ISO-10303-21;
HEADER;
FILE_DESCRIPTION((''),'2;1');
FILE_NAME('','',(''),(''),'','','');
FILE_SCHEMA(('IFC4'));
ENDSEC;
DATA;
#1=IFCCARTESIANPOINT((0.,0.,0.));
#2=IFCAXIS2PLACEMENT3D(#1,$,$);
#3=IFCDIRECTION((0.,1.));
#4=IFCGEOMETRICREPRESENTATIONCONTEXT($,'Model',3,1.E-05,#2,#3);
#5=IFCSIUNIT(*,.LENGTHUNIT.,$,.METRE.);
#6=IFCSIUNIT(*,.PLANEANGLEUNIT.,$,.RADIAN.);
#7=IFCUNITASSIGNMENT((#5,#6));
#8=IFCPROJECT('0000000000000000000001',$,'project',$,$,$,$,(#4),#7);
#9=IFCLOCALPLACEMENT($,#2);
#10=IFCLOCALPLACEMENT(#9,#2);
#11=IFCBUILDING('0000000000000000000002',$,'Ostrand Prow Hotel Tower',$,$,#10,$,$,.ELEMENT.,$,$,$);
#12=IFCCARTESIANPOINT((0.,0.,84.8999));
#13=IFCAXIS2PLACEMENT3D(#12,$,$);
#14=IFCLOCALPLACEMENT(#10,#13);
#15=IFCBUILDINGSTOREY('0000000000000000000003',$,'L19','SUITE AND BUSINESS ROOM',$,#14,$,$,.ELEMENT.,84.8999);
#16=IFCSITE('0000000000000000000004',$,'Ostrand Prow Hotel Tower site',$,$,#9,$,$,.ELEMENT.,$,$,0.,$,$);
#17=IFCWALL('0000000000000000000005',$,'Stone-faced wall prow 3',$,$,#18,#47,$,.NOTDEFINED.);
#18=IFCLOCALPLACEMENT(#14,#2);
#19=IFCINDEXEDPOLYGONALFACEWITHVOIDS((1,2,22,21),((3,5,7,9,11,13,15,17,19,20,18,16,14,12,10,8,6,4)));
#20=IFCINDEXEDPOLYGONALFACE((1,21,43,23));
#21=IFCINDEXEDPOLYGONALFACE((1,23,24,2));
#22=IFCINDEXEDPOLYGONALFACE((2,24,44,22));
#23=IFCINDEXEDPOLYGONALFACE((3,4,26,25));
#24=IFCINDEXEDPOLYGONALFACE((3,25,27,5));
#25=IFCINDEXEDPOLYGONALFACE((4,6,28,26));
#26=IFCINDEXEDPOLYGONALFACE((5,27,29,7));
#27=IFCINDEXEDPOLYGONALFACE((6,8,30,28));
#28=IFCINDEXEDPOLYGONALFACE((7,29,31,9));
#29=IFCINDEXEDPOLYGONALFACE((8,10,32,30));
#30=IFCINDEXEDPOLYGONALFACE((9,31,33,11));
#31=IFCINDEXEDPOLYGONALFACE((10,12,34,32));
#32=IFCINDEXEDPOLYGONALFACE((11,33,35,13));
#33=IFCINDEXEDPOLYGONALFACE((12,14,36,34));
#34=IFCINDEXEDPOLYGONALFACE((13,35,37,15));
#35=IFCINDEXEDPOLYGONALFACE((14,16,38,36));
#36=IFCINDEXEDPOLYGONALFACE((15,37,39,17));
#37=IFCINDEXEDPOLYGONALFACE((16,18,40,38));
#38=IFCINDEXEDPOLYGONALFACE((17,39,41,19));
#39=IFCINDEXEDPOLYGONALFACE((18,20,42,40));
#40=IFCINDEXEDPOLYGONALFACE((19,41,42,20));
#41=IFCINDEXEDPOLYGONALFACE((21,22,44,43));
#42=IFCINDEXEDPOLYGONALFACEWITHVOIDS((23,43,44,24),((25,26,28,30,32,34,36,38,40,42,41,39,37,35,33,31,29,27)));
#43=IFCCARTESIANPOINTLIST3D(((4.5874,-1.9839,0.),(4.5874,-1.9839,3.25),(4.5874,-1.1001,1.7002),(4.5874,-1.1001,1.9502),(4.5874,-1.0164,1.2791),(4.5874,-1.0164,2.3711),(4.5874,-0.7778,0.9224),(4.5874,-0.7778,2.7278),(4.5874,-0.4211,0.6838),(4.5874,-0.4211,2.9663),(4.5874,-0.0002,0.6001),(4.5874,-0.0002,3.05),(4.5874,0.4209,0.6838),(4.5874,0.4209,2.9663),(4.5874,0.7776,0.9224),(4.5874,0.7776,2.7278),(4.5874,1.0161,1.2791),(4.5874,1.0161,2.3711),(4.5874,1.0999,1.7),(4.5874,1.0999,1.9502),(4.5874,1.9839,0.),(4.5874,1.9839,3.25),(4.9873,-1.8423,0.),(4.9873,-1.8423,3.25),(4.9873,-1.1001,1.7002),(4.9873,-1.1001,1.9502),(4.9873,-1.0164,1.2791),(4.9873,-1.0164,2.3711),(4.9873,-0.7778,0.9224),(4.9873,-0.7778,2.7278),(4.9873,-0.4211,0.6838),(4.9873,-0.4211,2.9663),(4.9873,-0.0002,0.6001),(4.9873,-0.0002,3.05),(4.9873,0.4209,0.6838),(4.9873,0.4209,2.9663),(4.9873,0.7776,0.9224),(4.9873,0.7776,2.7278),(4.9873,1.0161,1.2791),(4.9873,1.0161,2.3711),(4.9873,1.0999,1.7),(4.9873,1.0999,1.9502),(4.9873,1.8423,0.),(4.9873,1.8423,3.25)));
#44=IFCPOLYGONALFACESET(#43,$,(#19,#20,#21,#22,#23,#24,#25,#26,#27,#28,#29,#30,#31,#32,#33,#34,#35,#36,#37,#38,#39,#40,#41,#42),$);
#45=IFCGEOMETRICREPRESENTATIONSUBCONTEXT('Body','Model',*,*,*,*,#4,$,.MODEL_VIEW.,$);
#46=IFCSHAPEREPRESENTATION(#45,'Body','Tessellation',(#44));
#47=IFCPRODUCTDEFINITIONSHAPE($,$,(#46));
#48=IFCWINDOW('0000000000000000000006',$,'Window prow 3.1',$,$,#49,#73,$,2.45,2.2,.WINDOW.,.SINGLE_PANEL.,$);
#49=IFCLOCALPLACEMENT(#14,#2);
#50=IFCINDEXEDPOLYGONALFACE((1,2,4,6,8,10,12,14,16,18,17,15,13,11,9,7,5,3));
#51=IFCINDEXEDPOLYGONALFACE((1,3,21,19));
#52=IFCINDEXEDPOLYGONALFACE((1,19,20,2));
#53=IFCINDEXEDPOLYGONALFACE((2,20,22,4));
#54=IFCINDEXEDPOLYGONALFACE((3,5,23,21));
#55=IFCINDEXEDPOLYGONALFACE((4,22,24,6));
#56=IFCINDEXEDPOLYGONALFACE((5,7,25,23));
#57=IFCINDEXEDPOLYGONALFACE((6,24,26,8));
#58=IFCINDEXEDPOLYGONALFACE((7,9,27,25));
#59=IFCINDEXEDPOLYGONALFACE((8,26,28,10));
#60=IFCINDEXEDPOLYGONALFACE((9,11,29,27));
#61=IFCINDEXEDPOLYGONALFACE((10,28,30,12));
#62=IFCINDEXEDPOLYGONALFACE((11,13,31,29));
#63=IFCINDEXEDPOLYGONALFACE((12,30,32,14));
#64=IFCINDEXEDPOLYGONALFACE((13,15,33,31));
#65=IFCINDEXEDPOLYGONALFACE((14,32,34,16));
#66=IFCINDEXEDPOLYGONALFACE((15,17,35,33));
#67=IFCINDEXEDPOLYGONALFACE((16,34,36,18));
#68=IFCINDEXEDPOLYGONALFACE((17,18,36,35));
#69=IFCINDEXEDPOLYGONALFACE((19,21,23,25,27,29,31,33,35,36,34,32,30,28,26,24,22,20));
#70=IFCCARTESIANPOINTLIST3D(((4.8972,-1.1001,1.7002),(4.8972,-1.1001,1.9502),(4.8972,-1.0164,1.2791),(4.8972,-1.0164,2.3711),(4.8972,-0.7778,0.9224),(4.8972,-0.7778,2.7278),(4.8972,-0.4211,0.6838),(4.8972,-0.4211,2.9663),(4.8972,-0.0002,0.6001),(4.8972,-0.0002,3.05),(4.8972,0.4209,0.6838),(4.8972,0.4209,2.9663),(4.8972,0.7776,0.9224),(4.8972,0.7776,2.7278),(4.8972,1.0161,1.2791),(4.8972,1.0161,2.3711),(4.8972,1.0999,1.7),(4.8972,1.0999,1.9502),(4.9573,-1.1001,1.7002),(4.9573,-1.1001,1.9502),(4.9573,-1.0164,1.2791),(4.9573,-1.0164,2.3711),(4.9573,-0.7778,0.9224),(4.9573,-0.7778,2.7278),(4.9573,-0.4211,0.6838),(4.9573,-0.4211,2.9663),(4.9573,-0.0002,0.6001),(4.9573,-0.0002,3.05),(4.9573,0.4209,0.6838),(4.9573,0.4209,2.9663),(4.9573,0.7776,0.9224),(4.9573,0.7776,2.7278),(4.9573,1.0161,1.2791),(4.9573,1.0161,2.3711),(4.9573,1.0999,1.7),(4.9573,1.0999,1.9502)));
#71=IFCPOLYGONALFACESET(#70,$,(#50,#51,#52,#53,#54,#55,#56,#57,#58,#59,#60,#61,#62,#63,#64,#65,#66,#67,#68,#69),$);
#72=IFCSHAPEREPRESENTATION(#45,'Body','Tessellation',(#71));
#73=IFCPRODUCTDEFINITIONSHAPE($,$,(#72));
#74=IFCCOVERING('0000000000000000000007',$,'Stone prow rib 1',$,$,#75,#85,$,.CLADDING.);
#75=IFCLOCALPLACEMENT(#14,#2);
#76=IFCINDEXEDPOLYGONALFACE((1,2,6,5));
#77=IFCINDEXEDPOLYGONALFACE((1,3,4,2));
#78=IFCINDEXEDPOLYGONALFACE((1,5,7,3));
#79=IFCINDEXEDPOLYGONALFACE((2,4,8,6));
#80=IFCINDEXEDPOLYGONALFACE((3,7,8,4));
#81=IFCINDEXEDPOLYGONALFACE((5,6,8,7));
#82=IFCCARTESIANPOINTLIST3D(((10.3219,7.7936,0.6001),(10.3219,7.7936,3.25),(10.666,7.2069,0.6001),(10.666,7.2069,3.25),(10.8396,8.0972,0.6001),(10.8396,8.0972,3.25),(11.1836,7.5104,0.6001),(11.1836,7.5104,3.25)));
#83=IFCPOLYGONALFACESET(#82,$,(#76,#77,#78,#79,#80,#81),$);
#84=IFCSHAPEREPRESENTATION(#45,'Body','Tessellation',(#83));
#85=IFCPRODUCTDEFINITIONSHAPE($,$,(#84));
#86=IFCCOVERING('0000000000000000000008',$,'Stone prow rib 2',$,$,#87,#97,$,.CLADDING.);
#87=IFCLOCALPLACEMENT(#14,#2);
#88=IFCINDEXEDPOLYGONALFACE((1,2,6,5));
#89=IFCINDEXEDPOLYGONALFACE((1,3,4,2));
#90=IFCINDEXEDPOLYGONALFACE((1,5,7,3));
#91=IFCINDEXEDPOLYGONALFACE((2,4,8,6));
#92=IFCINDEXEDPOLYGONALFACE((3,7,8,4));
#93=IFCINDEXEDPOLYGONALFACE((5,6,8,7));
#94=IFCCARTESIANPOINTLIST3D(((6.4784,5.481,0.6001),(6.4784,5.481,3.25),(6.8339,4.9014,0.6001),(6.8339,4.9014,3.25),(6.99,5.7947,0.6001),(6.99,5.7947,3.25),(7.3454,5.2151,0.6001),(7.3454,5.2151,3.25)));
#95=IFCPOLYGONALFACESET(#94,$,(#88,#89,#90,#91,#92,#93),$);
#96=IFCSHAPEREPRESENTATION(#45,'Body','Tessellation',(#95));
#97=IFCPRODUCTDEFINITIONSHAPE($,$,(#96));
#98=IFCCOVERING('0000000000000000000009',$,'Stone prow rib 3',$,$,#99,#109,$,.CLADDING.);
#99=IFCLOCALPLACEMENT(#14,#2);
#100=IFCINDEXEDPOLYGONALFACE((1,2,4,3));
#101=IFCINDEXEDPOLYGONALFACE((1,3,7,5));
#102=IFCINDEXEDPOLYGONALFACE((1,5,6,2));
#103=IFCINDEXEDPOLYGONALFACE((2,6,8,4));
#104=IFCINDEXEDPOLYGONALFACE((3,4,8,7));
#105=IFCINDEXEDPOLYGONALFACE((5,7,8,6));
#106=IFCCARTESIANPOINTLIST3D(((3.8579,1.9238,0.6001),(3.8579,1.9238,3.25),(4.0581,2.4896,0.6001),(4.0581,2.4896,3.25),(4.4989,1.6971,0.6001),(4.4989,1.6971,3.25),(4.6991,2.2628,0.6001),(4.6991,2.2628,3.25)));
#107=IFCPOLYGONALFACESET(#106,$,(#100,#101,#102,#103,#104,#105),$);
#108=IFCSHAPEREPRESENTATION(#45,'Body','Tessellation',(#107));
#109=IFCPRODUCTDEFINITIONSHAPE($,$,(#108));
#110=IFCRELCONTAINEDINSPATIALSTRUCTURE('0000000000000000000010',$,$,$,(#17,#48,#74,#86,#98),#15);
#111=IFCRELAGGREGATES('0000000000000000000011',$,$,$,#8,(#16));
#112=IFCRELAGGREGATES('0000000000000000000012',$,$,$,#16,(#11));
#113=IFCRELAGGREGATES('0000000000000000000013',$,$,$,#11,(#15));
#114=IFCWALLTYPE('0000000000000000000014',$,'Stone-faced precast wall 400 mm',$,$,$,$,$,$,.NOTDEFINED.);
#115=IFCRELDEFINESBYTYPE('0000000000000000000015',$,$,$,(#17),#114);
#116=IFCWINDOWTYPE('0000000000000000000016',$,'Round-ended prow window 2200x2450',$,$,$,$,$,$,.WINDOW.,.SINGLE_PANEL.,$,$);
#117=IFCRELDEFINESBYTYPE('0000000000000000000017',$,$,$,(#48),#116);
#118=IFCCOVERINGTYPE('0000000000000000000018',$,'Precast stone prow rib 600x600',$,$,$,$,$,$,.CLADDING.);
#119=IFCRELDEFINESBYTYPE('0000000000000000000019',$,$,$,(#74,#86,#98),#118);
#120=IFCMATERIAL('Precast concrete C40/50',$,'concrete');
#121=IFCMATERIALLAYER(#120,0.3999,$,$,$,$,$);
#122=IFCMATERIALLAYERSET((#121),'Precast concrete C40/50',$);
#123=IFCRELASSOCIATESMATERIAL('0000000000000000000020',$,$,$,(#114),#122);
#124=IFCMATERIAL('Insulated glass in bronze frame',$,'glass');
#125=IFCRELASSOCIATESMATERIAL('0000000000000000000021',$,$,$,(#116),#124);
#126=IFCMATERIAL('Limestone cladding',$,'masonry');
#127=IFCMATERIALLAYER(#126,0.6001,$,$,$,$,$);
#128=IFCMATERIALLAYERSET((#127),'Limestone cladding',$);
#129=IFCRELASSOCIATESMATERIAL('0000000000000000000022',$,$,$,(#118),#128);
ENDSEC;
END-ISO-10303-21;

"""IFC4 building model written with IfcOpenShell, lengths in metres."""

from ifc_helpers import new_model, si_unit, direction, frame, frame_2d, origin, place, context, subcontext, project, spatial, polyline, rectangle, outline, extrude, material, layer, layer_set, type_object, element, fill, save


model = new_model("IFC4")

# Units and contexts
model_context = context("Model", 3, precision=1e-05, world=origin(), true_north=direction((0.0, 1.0)))
body_context = subcontext(model_context, "Body", "Model", "MODEL_VIEW")
ifc_project = project(units=[si_unit("LENGTHUNIT", "METRE"), si_unit("PLANEANGLEUNIT", "RADIAN")], contexts=[model_context])

# Site, building, storey
site_placement = place(None, origin())
site = spatial("IfcSite", under=ifc_project, at=site_placement, Name="Ostrand Prow Hotel Tower site", CompositionType="ELEMENT", RefElevation=0.0)
building_placement = place(site_placement, origin())
building = spatial("IfcBuilding", under=site, at=building_placement, Name="Ostrand Prow Hotel Tower", CompositionType="ELEMENT")
storey_placement = place(building_placement, frame((0.0, 0.0, 84.8999)))
storey = spatial("IfcBuildingStorey", under=building, at=storey_placement, Name="L19", Description="SUITE AND BUSINESS ROOM", CompositionType="ELEMENT", Elevation=84.8999)

# Wall, opening, window
ifc_material_1 = material(Name="Precast concrete C40/50", Category="concrete")
ifc_layer_1 = layer(ifc_material_1, 0.3999)
ifc_layer_set_1 = layer_set([ifc_layer_1], Name="Precast concrete C40/50")
wall_type_1 = type_object("IfcWallType", Name="Stone-faced precast wall 400 mm", PredefinedType="NOTDEFINED", material=ifc_layer_set_1)
ifc_material_2 = material(Name="Insulated glass in bronze frame", Category="glass")
window_type = type_object("IfcWindowType", Name="Round-ended prow window 2200x2450", PartitioningType="SINGLE_PANEL", PredefinedType="WINDOW", material=ifc_material_2)
wall_1_placement = place(storey_placement, frame((4.7874, 1.9131, 0.0), z_axis=(0.0, 0.0, 1.0), x_axis=(0.0, -1.0, 0.0)))
wall_1 = element("IfcWall", 1, at=wall_1_placement, inside=storey, type_object=wall_type_1, Name="Stone-faced wall prow 3", PredefinedType="NOTDEFINED", context=body_context, shape_type="SweptSolid", body=[
    extrude(outline(polyline([(-0.0708, -0.2), (3.897, -0.2), (3.7554, 0.2), (0.0708, 0.2), (-0.0708, -0.2)])), origin(), (0.0, 0.0, 1.0), 3.25),
])
opening_1_placement = place(wall_1_placement, frame((0.8132, 0.0, 0.6001)))
opening_1 = element("IfcOpeningElement", 2, at=opening_1_placement, cuts=wall_1, PredefinedType="OPENING", context=body_context, shape_type="SweptSolid", body=[
    extrude(outline(polyline([(0.0, 1.3501), (0.0837, 1.771), (0.3223, 2.1277), (0.679, 2.3662), (1.1001, 2.45), (1.521, 2.3662), (1.8777, 2.1277), (2.1162, 1.771), (2.2, 1.3501), (2.2, 1.1001), (2.1162, 0.679), (1.8777, 0.3223), (1.521, 0.0837), (1.1001, 0.0), (0.679, 0.0837), (0.3223, 0.3223), (0.0837, 0.679), (0.0, 1.0999), (0.0, 1.3501)])), frame((0.0, 0.21, 0.0), z_axis=(0.0, -1.0, 0.0), x_axis=(1.0, 0.0, 0.0)), (0.0, 0.0, 1.0), 0.4199),
])
window_1_placement = place(opening_1_placement, origin())
window_1 = element("IfcWindow", 3, at=window_1_placement, inside=storey, type_object=window_type, Name="Window prow 3.1", OverallHeight=2.45, OverallWidth=2.2, PartitioningType="SINGLE_PANEL", PredefinedType="WINDOW", context=body_context, shape_type="SweptSolid", body=[
    extrude(outline(polyline([(0.0, 1.3501), (0.0837, 1.771), (0.3223, 2.1277), (0.679, 2.3662), (1.1001, 2.45), (1.521, 2.3662), (1.8777, 2.1277), (2.1162, 1.771), (2.2, 1.3501), (2.2, 1.1001), (2.1162, 0.679), (1.8777, 0.3223), (1.521, 0.0837), (1.1001, 0.0), (0.679, 0.0837), (0.3223, 0.3223), (0.0837, 0.679), (0.0, 1.0999), (0.0, 1.3501)])), frame((0.0, 0.1699, 0.0), z_axis=(0.0, -1.0, 0.0), x_axis=(1.0, 0.0, 0.0)), (0.0, 0.0, 1.0), 0.0601),
])
fill(opening_1, window_1)

# Coverings
ifc_material_3 = material(Name="Limestone cladding", Category="masonry")
ifc_layer_2 = layer(ifc_material_3, 0.6001)
ifc_layer_set_2 = layer_set([ifc_layer_2], Name="Limestone cladding")
covering_type = type_object("IfcCoveringType", Name="Precast stone prow rib 600x600", PredefinedType="CLADDING", material=ifc_layer_set_2)
covering_placement = place(storey_placement, frame((10.9248, 7.3586, 0.6001), z_axis=(0.0, 0.0, 1.0), x_axis=(-0.505812, 0.862644, 0.0)))
element("IfcCovering", 4, at=covering_placement, inside=storey, type_object=covering_type, Name="Stone prow rib 1", PredefinedType="CLADDING", context=body_context, shape_type="SweptSolid", body=[
    extrude(rectangle(XDim=0.6802, YDim=0.6001, at=frame_2d((0.3401, 0.0))), origin(), (0.0, 0.0, 1.0), 2.6499),
])
for number, where, z_axis, x_axis, name in (
    (5, (7.0896, 5.0583, 0.6001), (0.0, 0.0, 1.0), (-0.522815, 0.852446, 0.0), "Stone prow rib 2"),
    (6, (4.5989, 1.98, 0.6001), (0.0, 0.0, 1.0), (-0.942745, 0.333515, 0.0), "Stone prow rib 3"),
):
    element("IfcCovering", number, at=place(storey_placement, frame(where, z_axis=z_axis, x_axis=x_axis)), inside=storey, type_object=covering_type, Name=name, PredefinedType="CLADDING", context=body_context, shape_type="SweptSolid", body=[
        extrude(rectangle(XDim=0.6799, YDim=0.6001, at=frame_2d((0.3398, 0.0))), origin(), (0.0, 0.0, 1.0), 2.6499),
    ])

save(model, "model.ifc")
